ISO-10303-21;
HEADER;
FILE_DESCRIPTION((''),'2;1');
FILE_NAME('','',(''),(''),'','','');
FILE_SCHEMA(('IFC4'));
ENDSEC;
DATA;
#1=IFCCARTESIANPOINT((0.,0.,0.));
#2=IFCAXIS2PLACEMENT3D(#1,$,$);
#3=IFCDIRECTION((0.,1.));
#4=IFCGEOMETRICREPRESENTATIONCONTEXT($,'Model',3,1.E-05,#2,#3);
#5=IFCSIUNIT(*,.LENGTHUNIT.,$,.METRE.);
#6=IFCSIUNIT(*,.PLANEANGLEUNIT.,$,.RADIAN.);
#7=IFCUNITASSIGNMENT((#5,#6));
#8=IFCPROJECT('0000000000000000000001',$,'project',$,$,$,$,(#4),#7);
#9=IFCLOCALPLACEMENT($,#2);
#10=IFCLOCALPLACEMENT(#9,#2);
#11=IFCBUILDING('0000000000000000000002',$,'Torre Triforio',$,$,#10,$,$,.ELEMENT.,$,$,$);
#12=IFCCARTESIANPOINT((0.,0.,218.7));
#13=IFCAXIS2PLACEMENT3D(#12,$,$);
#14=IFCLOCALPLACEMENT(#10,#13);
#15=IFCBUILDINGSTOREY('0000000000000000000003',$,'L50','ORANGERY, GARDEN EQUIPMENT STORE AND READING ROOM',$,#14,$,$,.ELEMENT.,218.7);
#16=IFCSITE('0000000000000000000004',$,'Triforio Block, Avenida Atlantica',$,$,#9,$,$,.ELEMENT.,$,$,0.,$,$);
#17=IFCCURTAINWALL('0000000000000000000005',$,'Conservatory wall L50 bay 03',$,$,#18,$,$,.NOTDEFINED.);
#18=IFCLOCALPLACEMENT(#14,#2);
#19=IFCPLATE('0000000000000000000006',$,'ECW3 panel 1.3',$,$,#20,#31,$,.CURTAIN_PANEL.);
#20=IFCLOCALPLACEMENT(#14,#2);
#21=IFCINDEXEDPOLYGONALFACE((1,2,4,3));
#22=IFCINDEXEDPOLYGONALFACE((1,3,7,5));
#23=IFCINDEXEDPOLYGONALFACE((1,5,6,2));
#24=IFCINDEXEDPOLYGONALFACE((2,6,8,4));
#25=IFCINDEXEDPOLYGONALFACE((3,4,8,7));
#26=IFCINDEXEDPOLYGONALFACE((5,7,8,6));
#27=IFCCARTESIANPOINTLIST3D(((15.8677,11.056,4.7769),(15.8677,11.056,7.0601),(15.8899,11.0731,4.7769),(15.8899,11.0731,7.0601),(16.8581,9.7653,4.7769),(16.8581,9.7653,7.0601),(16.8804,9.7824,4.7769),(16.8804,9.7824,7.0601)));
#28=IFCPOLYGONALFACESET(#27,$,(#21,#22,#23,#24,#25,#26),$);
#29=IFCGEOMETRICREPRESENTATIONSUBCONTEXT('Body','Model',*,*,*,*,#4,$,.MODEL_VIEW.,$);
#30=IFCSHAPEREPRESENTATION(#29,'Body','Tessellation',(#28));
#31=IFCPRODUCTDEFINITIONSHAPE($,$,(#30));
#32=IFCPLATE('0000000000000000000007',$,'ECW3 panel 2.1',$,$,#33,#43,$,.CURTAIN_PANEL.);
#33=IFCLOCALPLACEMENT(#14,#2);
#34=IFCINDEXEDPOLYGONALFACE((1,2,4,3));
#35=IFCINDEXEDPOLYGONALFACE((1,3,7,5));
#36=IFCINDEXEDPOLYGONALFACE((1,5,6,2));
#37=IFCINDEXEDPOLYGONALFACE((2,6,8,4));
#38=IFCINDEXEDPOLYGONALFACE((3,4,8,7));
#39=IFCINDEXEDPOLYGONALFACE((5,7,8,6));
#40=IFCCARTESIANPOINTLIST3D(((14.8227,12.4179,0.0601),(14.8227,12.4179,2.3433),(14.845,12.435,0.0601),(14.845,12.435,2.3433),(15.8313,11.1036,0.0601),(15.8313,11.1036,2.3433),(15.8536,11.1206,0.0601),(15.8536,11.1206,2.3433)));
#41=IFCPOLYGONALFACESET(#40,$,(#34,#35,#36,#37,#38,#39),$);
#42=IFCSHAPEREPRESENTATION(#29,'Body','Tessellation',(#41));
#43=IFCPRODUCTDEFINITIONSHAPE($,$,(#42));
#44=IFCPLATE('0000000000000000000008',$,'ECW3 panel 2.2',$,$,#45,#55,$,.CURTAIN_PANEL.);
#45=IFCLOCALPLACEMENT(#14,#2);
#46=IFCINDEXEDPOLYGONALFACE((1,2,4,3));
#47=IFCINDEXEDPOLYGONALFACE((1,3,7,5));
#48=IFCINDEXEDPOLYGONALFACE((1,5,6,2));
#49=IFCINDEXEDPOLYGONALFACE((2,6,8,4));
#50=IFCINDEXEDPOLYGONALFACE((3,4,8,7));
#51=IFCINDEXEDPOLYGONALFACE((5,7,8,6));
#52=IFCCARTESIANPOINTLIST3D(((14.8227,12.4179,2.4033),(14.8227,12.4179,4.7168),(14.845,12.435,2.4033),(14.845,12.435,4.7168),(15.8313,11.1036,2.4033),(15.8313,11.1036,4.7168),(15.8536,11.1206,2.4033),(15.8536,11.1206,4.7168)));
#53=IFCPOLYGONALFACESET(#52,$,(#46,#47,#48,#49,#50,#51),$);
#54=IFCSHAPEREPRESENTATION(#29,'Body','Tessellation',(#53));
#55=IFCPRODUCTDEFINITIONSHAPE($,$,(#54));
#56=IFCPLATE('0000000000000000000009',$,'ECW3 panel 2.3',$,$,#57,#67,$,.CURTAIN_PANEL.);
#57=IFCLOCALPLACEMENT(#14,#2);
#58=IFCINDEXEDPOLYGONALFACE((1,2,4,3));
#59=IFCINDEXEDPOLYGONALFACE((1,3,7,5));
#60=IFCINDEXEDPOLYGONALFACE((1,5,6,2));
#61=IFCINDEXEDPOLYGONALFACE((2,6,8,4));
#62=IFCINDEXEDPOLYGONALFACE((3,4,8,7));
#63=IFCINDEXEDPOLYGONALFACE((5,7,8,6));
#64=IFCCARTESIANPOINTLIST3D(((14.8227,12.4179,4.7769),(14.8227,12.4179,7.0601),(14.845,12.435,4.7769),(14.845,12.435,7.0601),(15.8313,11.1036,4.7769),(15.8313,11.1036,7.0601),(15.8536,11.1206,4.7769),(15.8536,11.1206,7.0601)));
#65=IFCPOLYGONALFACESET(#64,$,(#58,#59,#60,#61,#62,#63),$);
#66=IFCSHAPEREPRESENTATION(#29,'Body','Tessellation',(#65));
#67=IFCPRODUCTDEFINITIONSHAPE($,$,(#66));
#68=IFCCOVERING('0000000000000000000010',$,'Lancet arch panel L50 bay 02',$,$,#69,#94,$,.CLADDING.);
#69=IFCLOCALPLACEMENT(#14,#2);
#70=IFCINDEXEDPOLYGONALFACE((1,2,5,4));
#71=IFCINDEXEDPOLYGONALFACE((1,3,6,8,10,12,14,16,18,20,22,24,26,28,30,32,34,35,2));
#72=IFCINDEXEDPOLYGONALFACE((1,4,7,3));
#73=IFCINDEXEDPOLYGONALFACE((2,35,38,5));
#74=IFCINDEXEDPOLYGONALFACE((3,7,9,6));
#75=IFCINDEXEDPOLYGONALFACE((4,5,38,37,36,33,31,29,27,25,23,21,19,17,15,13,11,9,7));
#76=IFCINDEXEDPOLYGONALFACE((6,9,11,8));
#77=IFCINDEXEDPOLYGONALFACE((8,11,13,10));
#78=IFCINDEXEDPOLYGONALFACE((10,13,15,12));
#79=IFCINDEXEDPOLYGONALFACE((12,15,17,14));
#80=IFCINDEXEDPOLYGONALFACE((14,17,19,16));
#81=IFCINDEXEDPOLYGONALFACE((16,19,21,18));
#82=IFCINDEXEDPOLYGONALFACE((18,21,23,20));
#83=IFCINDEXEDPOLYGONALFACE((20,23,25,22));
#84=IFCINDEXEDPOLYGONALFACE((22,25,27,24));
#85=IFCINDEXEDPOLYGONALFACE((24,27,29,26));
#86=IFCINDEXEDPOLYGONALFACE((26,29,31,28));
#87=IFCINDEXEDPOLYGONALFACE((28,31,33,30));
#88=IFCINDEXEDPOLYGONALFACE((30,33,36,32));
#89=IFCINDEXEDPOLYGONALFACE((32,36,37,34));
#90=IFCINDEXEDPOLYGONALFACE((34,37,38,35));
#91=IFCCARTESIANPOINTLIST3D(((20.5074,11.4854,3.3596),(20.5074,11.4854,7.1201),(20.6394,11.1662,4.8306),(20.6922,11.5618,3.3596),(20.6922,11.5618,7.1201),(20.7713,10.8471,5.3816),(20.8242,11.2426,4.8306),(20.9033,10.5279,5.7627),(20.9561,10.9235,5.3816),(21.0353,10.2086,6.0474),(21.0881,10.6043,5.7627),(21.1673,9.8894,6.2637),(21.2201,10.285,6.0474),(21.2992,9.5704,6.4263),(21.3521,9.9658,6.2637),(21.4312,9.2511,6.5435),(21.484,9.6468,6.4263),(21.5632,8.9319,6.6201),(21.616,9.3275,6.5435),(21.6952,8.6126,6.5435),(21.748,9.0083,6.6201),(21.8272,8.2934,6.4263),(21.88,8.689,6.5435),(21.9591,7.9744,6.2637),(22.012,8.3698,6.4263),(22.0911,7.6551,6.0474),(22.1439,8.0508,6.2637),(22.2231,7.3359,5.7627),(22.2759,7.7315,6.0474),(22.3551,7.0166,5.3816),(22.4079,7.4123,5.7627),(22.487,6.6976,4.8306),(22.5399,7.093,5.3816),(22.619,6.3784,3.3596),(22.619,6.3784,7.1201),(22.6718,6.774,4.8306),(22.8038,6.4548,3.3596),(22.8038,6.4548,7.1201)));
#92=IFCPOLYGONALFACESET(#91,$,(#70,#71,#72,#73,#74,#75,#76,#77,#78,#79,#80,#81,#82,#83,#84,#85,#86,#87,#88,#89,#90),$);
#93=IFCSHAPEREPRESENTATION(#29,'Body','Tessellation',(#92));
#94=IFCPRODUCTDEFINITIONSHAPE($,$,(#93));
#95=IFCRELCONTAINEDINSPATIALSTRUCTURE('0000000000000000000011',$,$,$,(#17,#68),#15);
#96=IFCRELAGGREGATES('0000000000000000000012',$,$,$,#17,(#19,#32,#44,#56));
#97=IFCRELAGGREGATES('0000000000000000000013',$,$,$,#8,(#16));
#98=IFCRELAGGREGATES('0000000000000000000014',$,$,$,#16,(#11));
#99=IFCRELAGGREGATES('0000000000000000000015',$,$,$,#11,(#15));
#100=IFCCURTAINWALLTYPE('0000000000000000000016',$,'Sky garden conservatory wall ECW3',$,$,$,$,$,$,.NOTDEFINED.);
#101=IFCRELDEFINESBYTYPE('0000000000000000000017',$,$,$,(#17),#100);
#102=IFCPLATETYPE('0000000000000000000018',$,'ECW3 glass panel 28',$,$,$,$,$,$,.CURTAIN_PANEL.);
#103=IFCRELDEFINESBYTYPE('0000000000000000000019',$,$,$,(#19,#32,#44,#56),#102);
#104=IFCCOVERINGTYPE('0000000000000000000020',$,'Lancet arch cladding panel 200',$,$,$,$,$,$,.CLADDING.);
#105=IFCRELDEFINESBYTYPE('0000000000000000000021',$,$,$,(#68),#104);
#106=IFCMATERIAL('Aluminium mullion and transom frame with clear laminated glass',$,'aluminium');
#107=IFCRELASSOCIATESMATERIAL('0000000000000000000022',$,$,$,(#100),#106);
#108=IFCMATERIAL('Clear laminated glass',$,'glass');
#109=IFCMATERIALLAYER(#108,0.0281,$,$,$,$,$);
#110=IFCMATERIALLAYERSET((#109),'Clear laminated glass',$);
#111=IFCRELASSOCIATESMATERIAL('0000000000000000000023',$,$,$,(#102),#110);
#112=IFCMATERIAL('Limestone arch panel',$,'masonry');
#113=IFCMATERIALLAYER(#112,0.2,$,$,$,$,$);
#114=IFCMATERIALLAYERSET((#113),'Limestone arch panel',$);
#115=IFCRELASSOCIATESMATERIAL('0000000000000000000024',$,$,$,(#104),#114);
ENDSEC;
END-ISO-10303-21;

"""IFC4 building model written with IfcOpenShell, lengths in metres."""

from ifc_helpers import new_model, si_unit, direction, frame, origin, origin_2d, place, context, subcontext, project, spatial, polyline, rectangle, outline, extrude, material, layer, layer_set, type_object, element, aggregate, save


model = new_model("IFC4")

# Units and contexts
model_context = context("Model", 3, precision=1e-05, world=origin(), true_north=direction((0.0, 1.0)))
body_context = subcontext(model_context, "Body", "Model", "MODEL_VIEW")
ifc_project = project(units=[si_unit("LENGTHUNIT", "METRE"), si_unit("PLANEANGLEUNIT", "RADIAN")], contexts=[model_context])

# Site, building, storey
site_placement = place(None, origin())
site = spatial("IfcSite", under=ifc_project, at=site_placement, Name="Triforio Block, Avenida Atlantica", CompositionType="ELEMENT", RefElevation=0.0)
building_placement = place(site_placement, origin())
building = spatial("IfcBuilding", under=site, at=building_placement, Name="Torre Triforio", CompositionType="ELEMENT")
storey_placement = place(building_placement, frame((0.0, 0.0, 218.7)))
storey = spatial("IfcBuildingStorey", under=building, at=storey_placement, Name="L50", Description="ORANGERY, GARDEN EQUIPMENT STORE AND READING ROOM", CompositionType="ELEMENT", Elevation=218.7)

# Curtain wall
ifc_material_1 = material(Name="Aluminium mullion and transom frame with clear laminated glass", Category="aluminium")
curtain_wall_type = type_object("IfcCurtainWallType", Name="Sky garden conservatory wall ECW3", PredefinedType="NOTDEFINED", material=ifc_material_1)
curtain_wall_placement = place(storey_placement, origin())
curtain_wall = element("IfcCurtainWall", 1, at=curtain_wall_placement, inside=storey, type_object=curtain_wall_type, Name="Conservatory wall L50 bay 03", PredefinedType="NOTDEFINED")

# Plates
ifc_material_2 = material(Name="Clear laminated glass", Category="glass")
ifc_layer_1 = layer(ifc_material_2, 0.0281)
ifc_layer_set_1 = layer_set([ifc_layer_1], Name="Clear laminated glass")
plate_type = type_object("IfcPlateType", Name="ECW3 glass panel 28", PredefinedType="CURTAIN_PANEL", material=ifc_layer_set_1)
plate_1_placement = place(storey_placement, frame((16.374, 10.4192, 4.7769), z_axis=(0.0, 0.0, 1.0), x_axis=(-0.608767, 0.793349, 0.0)))
plate_1 = element("IfcPlate", 2, at=plate_1_placement, type_object=plate_type, Name="ECW3 panel 1.3", PredefinedType="CURTAIN_PANEL", context=body_context, shape_type="SweptSolid", body=[
    extrude(rectangle(XDim=1.627, YDim=0.0281, at=origin_2d()), origin(), (0.0, 0.0, 1.0), 2.2832),
])
plate_2_placement = place(storey_placement, frame((15.3381, 11.7693, 0.0601), z_axis=(0.0, 0.0, 1.0), x_axis=(-0.608767, 0.793349, 0.0)))
plate_2 = element("IfcPlate", 3, at=plate_2_placement, type_object=plate_type, Name="ECW3 panel 2.1", PredefinedType="CURTAIN_PANEL", context=body_context, shape_type="SweptSolid", body=[
    extrude(rectangle(XDim=1.6567, YDim=0.0281, at=origin_2d()), origin(), (0.0, 0.0, 1.0), 2.2832),
])
plate_3_placement = place(storey_placement, frame((15.3381, 11.7693, 2.4033), z_axis=(0.0, 0.0, 1.0), x_axis=(-0.608767, 0.793349, 0.0)))
plate_3 = element("IfcPlate", 4, at=plate_3_placement, type_object=plate_type, Name="ECW3 panel 2.2", PredefinedType="CURTAIN_PANEL", context=body_context, shape_type="SweptSolid", body=[
    extrude(rectangle(XDim=1.6567, YDim=0.0281, at=origin_2d()), origin(), (0.0, 0.0, 1.0), 2.3135),
])
plate_4_placement = place(storey_placement, frame((15.3381, 11.7693, 4.7769), z_axis=(0.0, 0.0, 1.0), x_axis=(-0.608767, 0.793349, 0.0)))
plate_4 = element("IfcPlate", 5, at=plate_4_placement, type_object=plate_type, Name="ECW3 panel 2.3", PredefinedType="CURTAIN_PANEL", context=body_context, shape_type="SweptSolid", body=[
    extrude(rectangle(XDim=1.6567, YDim=0.0281, at=origin_2d()), origin(), (0.0, 0.0, 1.0), 2.2832),
])
aggregate(curtain_wall, [plate_1, plate_2, plate_3, plate_4])

# Covering
ifc_material_3 = material(Name="Limestone arch panel", Category="masonry")
ifc_layer_2 = layer(ifc_material_3, 0.2)
ifc_layer_set_2 = layer_set([ifc_layer_2], Name="Limestone arch panel")
covering_type = type_object("IfcCoveringType", Name="Lancet arch cladding panel 200", PredefinedType="CLADDING", material=ifc_layer_set_2)
covering_placement = place(storey_placement, frame((21.5632, 8.9319, 0.0), z_axis=(0.924121, 0.3821, 0.0), x_axis=(-0.3821, 0.924121, 0.0)))
element("IfcCovering", 6, at=covering_placement, inside=storey, type_object=covering_type, Name="Lancet arch panel L50 bay 02", PredefinedType="CLADDING", context=body_context, shape_type="SweptSolid", body=[
    extrude(outline(polyline([(-2.7632, 7.1201), (-2.7632, 3.3596), (-2.4177, 4.8306), (-2.0725, 5.3816), (-1.7271, 5.7627), (-1.3816, 6.0474), (-1.0361, 6.2637), (-0.6909, 6.4263), (-0.3455, 6.5435), (0.0, 6.6201), (0.3455, 6.5435), (0.6909, 6.4263), (1.0361, 6.2637), (1.3816, 6.0474), (1.7271, 5.7627), (2.0725, 5.3816), (2.4177, 4.8306), (2.7632, 3.3596), (2.7632, 7.1201), (-2.7632, 7.1201)])), origin(), (0.0, 0.0, 1.0), 0.2),
])

save(model, "model.ifc")
